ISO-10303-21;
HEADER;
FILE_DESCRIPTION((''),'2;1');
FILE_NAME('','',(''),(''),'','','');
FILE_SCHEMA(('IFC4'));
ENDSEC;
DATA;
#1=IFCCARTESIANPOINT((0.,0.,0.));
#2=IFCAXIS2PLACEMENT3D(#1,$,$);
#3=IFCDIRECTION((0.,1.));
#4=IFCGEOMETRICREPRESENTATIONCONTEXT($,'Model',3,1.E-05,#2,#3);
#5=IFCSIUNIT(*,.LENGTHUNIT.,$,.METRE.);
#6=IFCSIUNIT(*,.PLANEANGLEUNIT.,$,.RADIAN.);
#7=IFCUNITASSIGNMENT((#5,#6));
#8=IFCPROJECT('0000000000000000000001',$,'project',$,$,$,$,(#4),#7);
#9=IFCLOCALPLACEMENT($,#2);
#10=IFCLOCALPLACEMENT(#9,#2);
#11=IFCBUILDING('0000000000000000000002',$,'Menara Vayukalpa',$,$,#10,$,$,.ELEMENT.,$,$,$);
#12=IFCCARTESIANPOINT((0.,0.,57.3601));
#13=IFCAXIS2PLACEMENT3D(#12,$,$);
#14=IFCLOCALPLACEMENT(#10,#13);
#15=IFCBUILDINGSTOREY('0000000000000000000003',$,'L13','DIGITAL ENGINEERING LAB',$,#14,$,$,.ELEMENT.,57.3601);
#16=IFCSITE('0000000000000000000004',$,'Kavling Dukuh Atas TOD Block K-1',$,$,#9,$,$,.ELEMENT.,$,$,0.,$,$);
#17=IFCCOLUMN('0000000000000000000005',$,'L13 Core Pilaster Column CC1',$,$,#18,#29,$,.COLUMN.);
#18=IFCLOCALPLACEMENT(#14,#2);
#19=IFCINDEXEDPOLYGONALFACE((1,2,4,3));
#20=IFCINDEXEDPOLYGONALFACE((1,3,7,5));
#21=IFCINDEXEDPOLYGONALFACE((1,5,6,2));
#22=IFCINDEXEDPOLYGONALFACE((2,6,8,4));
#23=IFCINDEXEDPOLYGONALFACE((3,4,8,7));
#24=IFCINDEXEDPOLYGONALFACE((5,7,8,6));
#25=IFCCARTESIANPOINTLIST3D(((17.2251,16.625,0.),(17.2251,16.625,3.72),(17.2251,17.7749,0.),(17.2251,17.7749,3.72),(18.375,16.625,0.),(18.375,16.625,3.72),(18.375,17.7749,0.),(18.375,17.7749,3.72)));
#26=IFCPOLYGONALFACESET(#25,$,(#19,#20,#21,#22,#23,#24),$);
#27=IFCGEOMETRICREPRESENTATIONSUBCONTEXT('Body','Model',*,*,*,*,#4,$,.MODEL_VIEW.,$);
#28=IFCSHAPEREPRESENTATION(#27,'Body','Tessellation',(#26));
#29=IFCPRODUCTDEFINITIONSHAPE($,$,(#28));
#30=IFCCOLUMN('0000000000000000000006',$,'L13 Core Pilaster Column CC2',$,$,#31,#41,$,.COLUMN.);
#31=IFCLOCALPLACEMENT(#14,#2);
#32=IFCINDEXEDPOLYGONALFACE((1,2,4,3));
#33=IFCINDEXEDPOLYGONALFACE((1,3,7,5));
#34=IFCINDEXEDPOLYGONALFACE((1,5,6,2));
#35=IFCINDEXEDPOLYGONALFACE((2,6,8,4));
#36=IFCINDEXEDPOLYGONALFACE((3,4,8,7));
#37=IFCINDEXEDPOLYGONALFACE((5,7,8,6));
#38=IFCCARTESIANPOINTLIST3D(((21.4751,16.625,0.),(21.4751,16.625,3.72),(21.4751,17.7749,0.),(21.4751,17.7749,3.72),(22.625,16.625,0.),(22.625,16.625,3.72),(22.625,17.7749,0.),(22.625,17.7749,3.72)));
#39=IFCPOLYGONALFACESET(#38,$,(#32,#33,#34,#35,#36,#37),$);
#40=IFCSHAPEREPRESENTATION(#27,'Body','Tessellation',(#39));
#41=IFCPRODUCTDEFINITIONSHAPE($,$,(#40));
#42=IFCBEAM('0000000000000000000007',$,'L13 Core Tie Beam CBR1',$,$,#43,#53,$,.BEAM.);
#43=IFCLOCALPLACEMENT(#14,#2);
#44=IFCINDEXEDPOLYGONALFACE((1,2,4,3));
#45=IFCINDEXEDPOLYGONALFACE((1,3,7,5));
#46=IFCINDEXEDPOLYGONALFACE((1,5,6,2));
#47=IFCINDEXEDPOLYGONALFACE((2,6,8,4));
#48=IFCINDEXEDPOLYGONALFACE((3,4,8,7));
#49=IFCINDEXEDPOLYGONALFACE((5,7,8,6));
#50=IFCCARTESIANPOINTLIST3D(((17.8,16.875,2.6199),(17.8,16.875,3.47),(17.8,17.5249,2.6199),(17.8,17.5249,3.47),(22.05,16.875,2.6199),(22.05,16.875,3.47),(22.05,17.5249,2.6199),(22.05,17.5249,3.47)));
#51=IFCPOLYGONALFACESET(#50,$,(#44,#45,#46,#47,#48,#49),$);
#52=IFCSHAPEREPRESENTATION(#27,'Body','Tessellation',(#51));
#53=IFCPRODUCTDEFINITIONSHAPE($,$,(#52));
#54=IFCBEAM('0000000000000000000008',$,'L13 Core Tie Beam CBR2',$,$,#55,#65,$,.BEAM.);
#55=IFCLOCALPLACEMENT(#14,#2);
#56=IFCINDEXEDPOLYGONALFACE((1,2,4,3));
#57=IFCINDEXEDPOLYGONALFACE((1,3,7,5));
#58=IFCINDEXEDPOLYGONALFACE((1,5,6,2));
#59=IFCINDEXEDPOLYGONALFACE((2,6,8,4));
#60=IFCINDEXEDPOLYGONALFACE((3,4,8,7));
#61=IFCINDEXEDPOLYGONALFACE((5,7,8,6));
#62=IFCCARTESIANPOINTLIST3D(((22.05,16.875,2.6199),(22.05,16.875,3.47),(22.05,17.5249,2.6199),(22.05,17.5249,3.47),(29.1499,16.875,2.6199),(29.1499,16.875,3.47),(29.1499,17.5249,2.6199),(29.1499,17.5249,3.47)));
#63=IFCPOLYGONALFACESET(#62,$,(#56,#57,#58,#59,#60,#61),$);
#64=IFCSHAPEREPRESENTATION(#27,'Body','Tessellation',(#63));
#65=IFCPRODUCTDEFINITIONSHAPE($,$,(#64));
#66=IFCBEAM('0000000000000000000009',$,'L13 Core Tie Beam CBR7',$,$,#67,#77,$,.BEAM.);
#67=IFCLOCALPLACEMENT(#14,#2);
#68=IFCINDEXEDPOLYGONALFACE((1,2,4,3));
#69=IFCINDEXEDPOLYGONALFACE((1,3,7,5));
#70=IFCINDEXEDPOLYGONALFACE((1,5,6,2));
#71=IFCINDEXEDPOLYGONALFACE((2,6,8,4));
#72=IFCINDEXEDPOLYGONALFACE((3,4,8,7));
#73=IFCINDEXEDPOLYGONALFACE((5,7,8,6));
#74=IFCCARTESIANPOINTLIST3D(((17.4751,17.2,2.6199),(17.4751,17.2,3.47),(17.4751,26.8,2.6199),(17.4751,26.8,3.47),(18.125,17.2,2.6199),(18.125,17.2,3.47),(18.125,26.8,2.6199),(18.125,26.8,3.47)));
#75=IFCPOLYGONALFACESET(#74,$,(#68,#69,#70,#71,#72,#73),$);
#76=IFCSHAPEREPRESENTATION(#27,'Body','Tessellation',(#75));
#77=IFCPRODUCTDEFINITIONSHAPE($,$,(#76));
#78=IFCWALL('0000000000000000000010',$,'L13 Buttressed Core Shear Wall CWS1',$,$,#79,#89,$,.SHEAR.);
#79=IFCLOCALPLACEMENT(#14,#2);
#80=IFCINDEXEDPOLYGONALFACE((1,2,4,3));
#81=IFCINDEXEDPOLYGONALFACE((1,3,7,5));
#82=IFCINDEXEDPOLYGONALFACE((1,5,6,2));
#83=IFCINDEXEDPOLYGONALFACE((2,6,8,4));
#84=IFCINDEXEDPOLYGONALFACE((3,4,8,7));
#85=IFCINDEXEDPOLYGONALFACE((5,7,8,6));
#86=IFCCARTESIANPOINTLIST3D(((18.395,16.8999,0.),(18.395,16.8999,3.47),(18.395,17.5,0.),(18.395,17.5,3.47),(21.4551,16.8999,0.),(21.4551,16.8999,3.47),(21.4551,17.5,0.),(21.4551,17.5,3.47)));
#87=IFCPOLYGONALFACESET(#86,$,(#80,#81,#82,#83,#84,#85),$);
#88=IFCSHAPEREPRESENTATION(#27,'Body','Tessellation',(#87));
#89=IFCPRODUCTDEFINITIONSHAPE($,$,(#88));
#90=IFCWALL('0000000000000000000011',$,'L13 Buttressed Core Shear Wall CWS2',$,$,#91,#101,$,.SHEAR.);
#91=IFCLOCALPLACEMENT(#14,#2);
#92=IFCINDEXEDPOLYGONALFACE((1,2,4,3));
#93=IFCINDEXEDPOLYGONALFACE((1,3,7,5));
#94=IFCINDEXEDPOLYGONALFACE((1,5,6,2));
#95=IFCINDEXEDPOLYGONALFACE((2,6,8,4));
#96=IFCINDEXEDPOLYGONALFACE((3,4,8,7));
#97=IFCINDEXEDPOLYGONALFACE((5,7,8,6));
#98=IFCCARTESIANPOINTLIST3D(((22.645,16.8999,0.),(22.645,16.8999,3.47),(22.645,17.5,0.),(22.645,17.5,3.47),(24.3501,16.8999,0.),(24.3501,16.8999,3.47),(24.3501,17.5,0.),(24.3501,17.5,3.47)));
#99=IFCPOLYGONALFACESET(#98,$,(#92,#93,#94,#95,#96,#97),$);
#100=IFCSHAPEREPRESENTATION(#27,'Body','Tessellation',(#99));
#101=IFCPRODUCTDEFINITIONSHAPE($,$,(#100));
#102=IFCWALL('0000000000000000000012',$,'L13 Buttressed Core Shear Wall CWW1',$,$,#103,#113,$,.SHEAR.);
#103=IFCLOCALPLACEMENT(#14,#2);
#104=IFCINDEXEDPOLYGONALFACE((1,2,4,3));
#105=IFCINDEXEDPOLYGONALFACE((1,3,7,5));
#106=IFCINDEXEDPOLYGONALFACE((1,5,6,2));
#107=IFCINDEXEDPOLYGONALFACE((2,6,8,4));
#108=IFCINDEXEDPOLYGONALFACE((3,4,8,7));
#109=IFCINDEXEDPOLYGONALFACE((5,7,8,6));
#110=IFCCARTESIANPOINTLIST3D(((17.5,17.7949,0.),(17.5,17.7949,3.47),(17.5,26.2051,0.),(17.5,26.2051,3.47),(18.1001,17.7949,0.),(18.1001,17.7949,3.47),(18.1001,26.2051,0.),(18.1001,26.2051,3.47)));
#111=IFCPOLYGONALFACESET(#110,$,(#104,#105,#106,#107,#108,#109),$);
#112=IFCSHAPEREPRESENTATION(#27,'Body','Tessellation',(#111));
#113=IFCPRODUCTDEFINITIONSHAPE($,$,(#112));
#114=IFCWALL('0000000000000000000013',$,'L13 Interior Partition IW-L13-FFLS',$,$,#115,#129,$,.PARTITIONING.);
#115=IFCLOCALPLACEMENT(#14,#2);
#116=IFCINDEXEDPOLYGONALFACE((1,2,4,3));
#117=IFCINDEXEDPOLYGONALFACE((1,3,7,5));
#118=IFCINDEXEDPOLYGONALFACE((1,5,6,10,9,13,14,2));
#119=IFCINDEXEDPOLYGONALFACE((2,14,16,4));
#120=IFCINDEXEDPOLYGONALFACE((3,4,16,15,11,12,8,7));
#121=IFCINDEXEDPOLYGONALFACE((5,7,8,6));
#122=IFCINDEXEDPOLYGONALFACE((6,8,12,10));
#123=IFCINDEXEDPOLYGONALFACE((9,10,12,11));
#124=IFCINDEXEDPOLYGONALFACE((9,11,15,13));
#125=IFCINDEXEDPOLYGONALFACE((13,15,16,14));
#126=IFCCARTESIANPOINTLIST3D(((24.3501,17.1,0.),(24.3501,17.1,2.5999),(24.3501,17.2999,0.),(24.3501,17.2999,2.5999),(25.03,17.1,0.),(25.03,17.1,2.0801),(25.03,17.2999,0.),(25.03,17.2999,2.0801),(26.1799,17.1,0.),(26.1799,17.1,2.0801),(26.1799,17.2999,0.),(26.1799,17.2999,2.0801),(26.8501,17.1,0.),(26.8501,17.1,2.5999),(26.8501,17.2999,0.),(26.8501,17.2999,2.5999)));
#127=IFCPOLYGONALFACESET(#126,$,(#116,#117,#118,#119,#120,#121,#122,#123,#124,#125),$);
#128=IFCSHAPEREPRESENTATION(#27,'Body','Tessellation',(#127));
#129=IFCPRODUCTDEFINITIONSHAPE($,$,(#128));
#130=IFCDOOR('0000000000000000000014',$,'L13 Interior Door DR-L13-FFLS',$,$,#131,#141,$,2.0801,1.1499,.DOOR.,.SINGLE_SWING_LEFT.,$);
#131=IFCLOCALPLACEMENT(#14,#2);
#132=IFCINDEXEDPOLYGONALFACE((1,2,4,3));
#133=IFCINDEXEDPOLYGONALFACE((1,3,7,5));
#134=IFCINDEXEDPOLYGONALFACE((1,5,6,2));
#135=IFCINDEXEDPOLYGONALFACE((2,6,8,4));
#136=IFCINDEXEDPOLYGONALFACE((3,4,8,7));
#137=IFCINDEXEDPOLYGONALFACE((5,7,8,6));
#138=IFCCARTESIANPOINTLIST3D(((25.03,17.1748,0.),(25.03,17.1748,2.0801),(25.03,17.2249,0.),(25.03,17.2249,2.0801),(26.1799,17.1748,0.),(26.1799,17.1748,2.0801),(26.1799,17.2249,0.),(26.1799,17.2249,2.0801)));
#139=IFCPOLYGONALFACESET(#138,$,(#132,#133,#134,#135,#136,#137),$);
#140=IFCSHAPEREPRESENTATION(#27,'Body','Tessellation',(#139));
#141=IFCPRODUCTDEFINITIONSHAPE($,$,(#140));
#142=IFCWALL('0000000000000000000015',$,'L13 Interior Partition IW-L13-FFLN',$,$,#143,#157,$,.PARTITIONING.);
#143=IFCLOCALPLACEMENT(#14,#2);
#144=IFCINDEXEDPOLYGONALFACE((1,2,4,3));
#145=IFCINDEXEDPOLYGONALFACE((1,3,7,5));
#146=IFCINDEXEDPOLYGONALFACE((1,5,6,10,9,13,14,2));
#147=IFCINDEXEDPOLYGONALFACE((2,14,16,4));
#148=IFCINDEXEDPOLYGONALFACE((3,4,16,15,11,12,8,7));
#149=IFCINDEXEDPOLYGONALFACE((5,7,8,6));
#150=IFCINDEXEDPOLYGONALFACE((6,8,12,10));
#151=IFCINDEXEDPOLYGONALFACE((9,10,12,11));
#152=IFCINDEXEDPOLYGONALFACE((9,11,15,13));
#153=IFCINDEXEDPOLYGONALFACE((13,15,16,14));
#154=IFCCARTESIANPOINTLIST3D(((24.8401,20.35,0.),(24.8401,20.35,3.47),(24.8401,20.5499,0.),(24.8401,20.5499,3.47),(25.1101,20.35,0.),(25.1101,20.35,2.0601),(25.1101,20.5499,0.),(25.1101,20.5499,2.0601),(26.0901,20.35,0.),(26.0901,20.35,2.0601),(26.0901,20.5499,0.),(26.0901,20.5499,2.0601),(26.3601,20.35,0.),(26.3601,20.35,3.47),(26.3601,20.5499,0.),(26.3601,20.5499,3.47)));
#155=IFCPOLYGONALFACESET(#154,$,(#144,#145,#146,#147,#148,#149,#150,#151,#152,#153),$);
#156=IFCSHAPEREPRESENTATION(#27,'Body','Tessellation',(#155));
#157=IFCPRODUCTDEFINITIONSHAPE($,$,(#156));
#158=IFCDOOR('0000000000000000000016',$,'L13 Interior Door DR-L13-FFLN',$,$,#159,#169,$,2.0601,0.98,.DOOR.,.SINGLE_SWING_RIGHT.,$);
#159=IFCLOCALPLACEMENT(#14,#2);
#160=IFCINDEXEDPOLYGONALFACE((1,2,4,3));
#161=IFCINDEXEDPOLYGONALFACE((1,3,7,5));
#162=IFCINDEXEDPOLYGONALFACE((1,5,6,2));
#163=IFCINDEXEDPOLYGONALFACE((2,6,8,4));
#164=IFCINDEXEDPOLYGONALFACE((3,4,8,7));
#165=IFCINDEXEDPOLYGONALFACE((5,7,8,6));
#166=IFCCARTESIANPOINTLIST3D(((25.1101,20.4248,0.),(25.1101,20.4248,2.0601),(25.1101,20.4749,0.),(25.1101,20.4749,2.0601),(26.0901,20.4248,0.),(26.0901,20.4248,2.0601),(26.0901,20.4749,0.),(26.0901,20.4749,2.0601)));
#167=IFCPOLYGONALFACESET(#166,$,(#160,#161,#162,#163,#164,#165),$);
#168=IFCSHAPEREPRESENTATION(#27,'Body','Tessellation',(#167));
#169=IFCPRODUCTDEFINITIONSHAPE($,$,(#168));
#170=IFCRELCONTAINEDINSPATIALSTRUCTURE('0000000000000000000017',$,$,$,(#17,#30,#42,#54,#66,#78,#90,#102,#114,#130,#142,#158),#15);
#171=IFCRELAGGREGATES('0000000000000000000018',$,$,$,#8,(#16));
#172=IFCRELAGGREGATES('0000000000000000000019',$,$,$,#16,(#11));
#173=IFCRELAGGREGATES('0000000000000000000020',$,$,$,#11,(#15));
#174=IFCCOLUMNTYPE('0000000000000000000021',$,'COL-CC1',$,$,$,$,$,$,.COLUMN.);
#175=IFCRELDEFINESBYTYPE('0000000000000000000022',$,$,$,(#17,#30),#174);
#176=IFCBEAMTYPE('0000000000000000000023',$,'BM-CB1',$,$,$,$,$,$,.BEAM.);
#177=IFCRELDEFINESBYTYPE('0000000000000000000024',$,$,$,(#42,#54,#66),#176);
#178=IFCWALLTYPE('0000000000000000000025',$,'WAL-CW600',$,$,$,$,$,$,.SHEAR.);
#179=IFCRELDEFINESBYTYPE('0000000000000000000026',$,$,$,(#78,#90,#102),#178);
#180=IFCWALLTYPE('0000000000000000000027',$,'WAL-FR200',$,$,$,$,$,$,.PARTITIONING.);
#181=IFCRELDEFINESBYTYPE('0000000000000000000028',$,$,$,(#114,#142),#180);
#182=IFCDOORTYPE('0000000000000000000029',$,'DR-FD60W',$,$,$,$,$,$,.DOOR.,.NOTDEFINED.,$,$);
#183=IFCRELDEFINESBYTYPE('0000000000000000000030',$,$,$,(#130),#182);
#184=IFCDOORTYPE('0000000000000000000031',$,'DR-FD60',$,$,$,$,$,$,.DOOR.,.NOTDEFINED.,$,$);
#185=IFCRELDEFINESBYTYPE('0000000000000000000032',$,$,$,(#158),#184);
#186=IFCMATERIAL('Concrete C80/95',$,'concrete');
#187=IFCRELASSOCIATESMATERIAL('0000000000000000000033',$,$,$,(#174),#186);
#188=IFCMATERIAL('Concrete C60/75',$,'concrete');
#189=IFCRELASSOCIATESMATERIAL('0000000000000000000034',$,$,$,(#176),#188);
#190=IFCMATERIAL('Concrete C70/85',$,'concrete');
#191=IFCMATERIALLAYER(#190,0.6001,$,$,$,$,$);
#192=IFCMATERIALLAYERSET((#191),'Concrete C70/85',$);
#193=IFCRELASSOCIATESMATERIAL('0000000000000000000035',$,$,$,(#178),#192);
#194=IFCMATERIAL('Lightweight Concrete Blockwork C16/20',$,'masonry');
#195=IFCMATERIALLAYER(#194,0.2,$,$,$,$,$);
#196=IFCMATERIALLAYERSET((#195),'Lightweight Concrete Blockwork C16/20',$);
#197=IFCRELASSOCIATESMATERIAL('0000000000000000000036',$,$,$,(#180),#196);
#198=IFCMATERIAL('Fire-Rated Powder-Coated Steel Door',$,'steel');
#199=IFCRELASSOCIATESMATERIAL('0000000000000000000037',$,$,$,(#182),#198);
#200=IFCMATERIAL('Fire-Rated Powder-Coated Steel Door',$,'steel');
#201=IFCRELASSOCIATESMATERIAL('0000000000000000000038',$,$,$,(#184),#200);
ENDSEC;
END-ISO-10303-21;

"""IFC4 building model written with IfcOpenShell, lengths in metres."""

from ifc_helpers import new_model, si_unit, direction, frame, frame_2d, origin, origin_2d, place, context, subcontext, project, spatial, rectangle, extrude, material, layer, layer_set, material_profile, profile_set, type_object, element, fill, save


model = new_model("IFC4")

# Units and contexts
model_context = context("Model", 3, precision=1e-05, world=origin(), true_north=direction((0.0, 1.0)))
body_context = subcontext(model_context, "Body", "Model", "MODEL_VIEW")
ifc_project = project(units=[si_unit("LENGTHUNIT", "METRE"), si_unit("PLANEANGLEUNIT", "RADIAN")], contexts=[model_context])

# Site, building, storey
site_placement = place(None, origin())
site = spatial("IfcSite", under=ifc_project, at=site_placement, Name="Kavling Dukuh Atas TOD Block K-1", CompositionType="ELEMENT", RefElevation=0.0)
building_placement = place(site_placement, origin())
building = spatial("IfcBuilding", under=site, at=building_placement, Name="Menara Vayukalpa", CompositionType="ELEMENT")
storey_placement = place(building_placement, frame((0.0, 0.0, 57.3601)))
storey = spatial("IfcBuildingStorey", under=building, at=storey_placement, Name="L13", Description="DIGITAL ENGINEERING LAB", CompositionType="ELEMENT", Elevation=57.3601)

# Columns
ifc_material_1 = material(Name="Concrete C80/95", Category="concrete")
ifc_material_profile_1 = material_profile(ifc_material_1, rectangle(XDim=1.1499, YDim=1.1499, at=origin_2d()), Name="RC 1150x1150")
ifc_profile_set_1 = profile_set([ifc_material_profile_1], Name="Concrete C80/95")
column_type = type_object("IfcColumnType", Name="COL-CC1", PredefinedType="COLUMN", material=ifc_profile_set_1)
for number, where, z_axis, x_axis, name in (
    (1, (17.8, 17.2, 0.0), (0.0, 0.0, 1.0), (1.0, 0.0, 0.0), "L13 Core Pilaster Column CC1"),
    (2, (22.05, 17.2, 0.0), (0.0, 0.0, 1.0), (1.0, 0.0, 0.0), "L13 Core Pilaster Column CC2"),
):
    element("IfcColumn", number, at=place(storey_placement, frame(where, z_axis=z_axis, x_axis=x_axis)), inside=storey, type_object=column_type, Name=name, PredefinedType="COLUMN", context=body_context, shape_type="SweptSolid", body=[
        extrude(rectangle(XDim=1.1499, YDim=1.1499, at=origin_2d()), origin(), (0.0, 0.0, 1.0), 3.72),
    ])

# Beams
ifc_material_2 = material(Name="Concrete C60/75", Category="concrete")
ifc_material_profile_2 = material_profile(ifc_material_2, rectangle(XDim=0.6499, YDim=0.8501, at=origin_2d()), Name="RC 650x850")
ifc_profile_set_2 = profile_set([ifc_material_profile_2], Name="Concrete C60/75")
beam_type = type_object("IfcBeamType", Name="BM-CB1", PredefinedType="BEAM", material=ifc_profile_set_2)
beam_1_placement = place(storey_placement, frame((17.8, 17.2, 3.0449), z_axis=(1.0, 0.0, 0.0), x_axis=(0.0, 1.0, 0.0)))
element("IfcBeam", 3, at=beam_1_placement, inside=storey, type_object=beam_type, Name="L13 Core Tie Beam CBR1", PredefinedType="BEAM", context=body_context, shape_type="SweptSolid", body=[
    extrude(rectangle(XDim=0.6499, YDim=0.8501, at=origin_2d()), origin(), (0.0, 0.0, 1.0), 4.25),
])
beam_2_placement = place(storey_placement, frame((22.05, 17.2, 3.0449), z_axis=(1.0, 0.0, 0.0), x_axis=(0.0, 1.0, 0.0)))
element("IfcBeam", 4, at=beam_2_placement, inside=storey, type_object=beam_type, Name="L13 Core Tie Beam CBR2", PredefinedType="BEAM", context=body_context, shape_type="SweptSolid", body=[
    extrude(rectangle(XDim=0.6499, YDim=0.8501, at=origin_2d()), origin(), (0.0, 0.0, 1.0), 7.0999),
])
beam_3_placement = place(storey_placement, frame((17.8, 17.2, 3.0449), z_axis=(0.0, 1.0, 0.0), x_axis=(-1.0, 0.0, 0.0)))
element("IfcBeam", 5, at=beam_3_placement, inside=storey, type_object=beam_type, Name="L13 Core Tie Beam CBR7", PredefinedType="BEAM", context=body_context, shape_type="SweptSolid", body=[
    extrude(rectangle(XDim=0.6499, YDim=0.8501, at=origin_2d()), origin(), (0.0, 0.0, 1.0), 9.6001),
])

# Walls
ifc_material_3 = material(Name="Concrete C70/85", Category="concrete")
ifc_layer_1 = layer(ifc_material_3, 0.6001)
ifc_layer_set_1 = layer_set([ifc_layer_1], Name="Concrete C70/85")
wall_type_1 = type_object("IfcWallType", Name="WAL-CW600", PredefinedType="SHEAR", material=ifc_layer_set_1)
wall_1_placement = place(storey_placement, frame((18.395, 17.2, 0.0), z_axis=(0.0, 0.0, 1.0), x_axis=(1.0, 0.0, 0.0)))
element("IfcWall", 6, at=wall_1_placement, inside=storey, type_object=wall_type_1, Name="L13 Buttressed Core Shear Wall CWS1", PredefinedType="SHEAR", context=body_context, shape_type="SweptSolid", body=[
    extrude(rectangle(XDim=3.0601, YDim=0.6001, at=frame_2d((1.53, 0.0))), origin(), (0.0, 0.0, 1.0), 3.47),
])
wall_2_placement = place(storey_placement, frame((22.645, 17.2, 0.0), z_axis=(0.0, 0.0, 1.0), x_axis=(1.0, 0.0, 0.0)))
element("IfcWall", 7, at=wall_2_placement, inside=storey, type_object=wall_type_1, Name="L13 Buttressed Core Shear Wall CWS2", PredefinedType="SHEAR", context=body_context, shape_type="SweptSolid", body=[
    extrude(rectangle(XDim=1.7051, YDim=0.6001, at=frame_2d((0.8525, 0.0))), origin(), (0.0, 0.0, 1.0), 3.47),
])
wall_3_placement = place(storey_placement, frame((17.8, 17.7949, 0.0), z_axis=(0.0, 0.0, 1.0), x_axis=(0.0, 1.0, 0.0)))
element("IfcWall", 8, at=wall_3_placement, inside=storey, type_object=wall_type_1, Name="L13 Buttressed Core Shear Wall CWW1", PredefinedType="SHEAR", context=body_context, shape_type="SweptSolid", body=[
    extrude(rectangle(XDim=8.4102, YDim=0.6001, at=frame_2d((4.2051, 0.0))), origin(), (0.0, 0.0, 1.0), 3.47),
])

# Walls, openings, doors
ifc_material_4 = material(Name="Lightweight Concrete Blockwork C16/20", Category="masonry")
ifc_layer_2 = layer(ifc_material_4, 0.2)
ifc_layer_set_2 = layer_set([ifc_layer_2], Name="Lightweight Concrete Blockwork C16/20")
wall_type_2 = type_object("IfcWallType", Name="WAL-FR200", PredefinedType="PARTITIONING", material=ifc_layer_set_2)
wall_4_placement = place(storey_placement, frame((24.3501, 17.2, 0.0), z_axis=(0.0, 0.0, 1.0), x_axis=(1.0, 0.0, 0.0)))
wall_4 = element("IfcWall", 9, at=wall_4_placement, inside=storey, type_object=wall_type_2, Name="L13 Interior Partition IW-L13-FFLS", PredefinedType="PARTITIONING", context=body_context, shape_type="SweptSolid", body=[
    extrude(rectangle(XDim=2.5, YDim=0.2, at=frame_2d((1.25, 0.0))), origin(), (0.0, 0.0, 1.0), 2.5999),
])
opening_1_placement = place(wall_4_placement, frame((0.6799, 0.0, 0.0)))
opening_1 = element("IfcOpeningElement", 10, at=opening_1_placement, cuts=wall_4, PredefinedType="OPENING", context=body_context, shape_type="SweptSolid", body=[
    extrude(rectangle(XDim=1.1499, YDim=2.0801, at=frame_2d((0.575, 1.04))), frame((0.0, 0.1099, 0.0), z_axis=(0.0, -1.0, 0.0), x_axis=(1.0, 0.0, 0.0)), (0.0, 0.0, 1.0), 0.22),
])
ifc_material_5 = material(Name="Fire-Rated Powder-Coated Steel Door", Category="steel")
door_type_1 = type_object("IfcDoorType", Name="DR-FD60W", OperationType="NOTDEFINED", PredefinedType="DOOR", material=ifc_material_5)
door_1_placement = place(opening_1_placement, origin())
door_1 = element("IfcDoor", 11, at=door_1_placement, inside=storey, type_object=door_type_1, Name="L13 Interior Door DR-L13-FFLS", OperationType="SINGLE_SWING_LEFT", OverallHeight=2.0801, OverallWidth=1.1499, PredefinedType="DOOR", context=body_context, shape_type="SweptSolid", body=[
    extrude(rectangle(XDim=1.1499, YDim=2.0801, at=frame_2d((0.575, 1.04))), frame((0.0, 0.0249, 0.0), z_axis=(0.0, -1.0, 0.0), x_axis=(1.0, 0.0, 0.0)), (0.0, 0.0, 1.0), 0.05),
])
fill(opening_1, door_1)
wall_5_placement = place(storey_placement, frame((24.8401, 20.45, 0.0), z_axis=(0.0, 0.0, 1.0), x_axis=(1.0, 0.0, 0.0)))
wall_5 = element("IfcWall", 12, at=wall_5_placement, inside=storey, type_object=wall_type_2, Name="L13 Interior Partition IW-L13-FFLN", PredefinedType="PARTITIONING", context=body_context, shape_type="SweptSolid", body=[
    extrude(rectangle(XDim=1.52, YDim=0.2, at=frame_2d((0.76, 0.0))), origin(), (0.0, 0.0, 1.0), 3.47),
])
opening_2_placement = place(wall_5_placement, frame((0.27, 0.0, 0.0)))
opening_2 = element("IfcOpeningElement", 13, at=opening_2_placement, cuts=wall_5, PredefinedType="OPENING", context=body_context, shape_type="SweptSolid", body=[
    extrude(rectangle(XDim=0.98, YDim=2.0601, at=frame_2d((0.49, 1.03))), frame((0.0, 0.1099, 0.0), z_axis=(0.0, -1.0, 0.0), x_axis=(1.0, 0.0, 0.0)), (0.0, 0.0, 1.0), 0.22),
])
ifc_material_6 = material(Name="Fire-Rated Powder-Coated Steel Door", Category="steel")
door_type_2 = type_object("IfcDoorType", Name="DR-FD60", OperationType="NOTDEFINED", PredefinedType="DOOR", material=ifc_material_6)
door_2_placement = place(opening_2_placement, origin())
door_2 = element("IfcDoor", 14, at=door_2_placement, inside=storey, type_object=door_type_2, Name="L13 Interior Door DR-L13-FFLN", OperationType="SINGLE_SWING_RIGHT", OverallHeight=2.0601, OverallWidth=0.98, PredefinedType="DOOR", context=body_context, shape_type="SweptSolid", body=[
    extrude(rectangle(XDim=0.98, YDim=2.0601, at=frame_2d((0.49, 1.03))), frame((0.0, 0.0249, 0.0), z_axis=(0.0, -1.0, 0.0), x_axis=(1.0, 0.0, 0.0)), (0.0, 0.0, 1.0), 0.05),
])
fill(opening_2, door_2)

save(model, "model.ifc")
